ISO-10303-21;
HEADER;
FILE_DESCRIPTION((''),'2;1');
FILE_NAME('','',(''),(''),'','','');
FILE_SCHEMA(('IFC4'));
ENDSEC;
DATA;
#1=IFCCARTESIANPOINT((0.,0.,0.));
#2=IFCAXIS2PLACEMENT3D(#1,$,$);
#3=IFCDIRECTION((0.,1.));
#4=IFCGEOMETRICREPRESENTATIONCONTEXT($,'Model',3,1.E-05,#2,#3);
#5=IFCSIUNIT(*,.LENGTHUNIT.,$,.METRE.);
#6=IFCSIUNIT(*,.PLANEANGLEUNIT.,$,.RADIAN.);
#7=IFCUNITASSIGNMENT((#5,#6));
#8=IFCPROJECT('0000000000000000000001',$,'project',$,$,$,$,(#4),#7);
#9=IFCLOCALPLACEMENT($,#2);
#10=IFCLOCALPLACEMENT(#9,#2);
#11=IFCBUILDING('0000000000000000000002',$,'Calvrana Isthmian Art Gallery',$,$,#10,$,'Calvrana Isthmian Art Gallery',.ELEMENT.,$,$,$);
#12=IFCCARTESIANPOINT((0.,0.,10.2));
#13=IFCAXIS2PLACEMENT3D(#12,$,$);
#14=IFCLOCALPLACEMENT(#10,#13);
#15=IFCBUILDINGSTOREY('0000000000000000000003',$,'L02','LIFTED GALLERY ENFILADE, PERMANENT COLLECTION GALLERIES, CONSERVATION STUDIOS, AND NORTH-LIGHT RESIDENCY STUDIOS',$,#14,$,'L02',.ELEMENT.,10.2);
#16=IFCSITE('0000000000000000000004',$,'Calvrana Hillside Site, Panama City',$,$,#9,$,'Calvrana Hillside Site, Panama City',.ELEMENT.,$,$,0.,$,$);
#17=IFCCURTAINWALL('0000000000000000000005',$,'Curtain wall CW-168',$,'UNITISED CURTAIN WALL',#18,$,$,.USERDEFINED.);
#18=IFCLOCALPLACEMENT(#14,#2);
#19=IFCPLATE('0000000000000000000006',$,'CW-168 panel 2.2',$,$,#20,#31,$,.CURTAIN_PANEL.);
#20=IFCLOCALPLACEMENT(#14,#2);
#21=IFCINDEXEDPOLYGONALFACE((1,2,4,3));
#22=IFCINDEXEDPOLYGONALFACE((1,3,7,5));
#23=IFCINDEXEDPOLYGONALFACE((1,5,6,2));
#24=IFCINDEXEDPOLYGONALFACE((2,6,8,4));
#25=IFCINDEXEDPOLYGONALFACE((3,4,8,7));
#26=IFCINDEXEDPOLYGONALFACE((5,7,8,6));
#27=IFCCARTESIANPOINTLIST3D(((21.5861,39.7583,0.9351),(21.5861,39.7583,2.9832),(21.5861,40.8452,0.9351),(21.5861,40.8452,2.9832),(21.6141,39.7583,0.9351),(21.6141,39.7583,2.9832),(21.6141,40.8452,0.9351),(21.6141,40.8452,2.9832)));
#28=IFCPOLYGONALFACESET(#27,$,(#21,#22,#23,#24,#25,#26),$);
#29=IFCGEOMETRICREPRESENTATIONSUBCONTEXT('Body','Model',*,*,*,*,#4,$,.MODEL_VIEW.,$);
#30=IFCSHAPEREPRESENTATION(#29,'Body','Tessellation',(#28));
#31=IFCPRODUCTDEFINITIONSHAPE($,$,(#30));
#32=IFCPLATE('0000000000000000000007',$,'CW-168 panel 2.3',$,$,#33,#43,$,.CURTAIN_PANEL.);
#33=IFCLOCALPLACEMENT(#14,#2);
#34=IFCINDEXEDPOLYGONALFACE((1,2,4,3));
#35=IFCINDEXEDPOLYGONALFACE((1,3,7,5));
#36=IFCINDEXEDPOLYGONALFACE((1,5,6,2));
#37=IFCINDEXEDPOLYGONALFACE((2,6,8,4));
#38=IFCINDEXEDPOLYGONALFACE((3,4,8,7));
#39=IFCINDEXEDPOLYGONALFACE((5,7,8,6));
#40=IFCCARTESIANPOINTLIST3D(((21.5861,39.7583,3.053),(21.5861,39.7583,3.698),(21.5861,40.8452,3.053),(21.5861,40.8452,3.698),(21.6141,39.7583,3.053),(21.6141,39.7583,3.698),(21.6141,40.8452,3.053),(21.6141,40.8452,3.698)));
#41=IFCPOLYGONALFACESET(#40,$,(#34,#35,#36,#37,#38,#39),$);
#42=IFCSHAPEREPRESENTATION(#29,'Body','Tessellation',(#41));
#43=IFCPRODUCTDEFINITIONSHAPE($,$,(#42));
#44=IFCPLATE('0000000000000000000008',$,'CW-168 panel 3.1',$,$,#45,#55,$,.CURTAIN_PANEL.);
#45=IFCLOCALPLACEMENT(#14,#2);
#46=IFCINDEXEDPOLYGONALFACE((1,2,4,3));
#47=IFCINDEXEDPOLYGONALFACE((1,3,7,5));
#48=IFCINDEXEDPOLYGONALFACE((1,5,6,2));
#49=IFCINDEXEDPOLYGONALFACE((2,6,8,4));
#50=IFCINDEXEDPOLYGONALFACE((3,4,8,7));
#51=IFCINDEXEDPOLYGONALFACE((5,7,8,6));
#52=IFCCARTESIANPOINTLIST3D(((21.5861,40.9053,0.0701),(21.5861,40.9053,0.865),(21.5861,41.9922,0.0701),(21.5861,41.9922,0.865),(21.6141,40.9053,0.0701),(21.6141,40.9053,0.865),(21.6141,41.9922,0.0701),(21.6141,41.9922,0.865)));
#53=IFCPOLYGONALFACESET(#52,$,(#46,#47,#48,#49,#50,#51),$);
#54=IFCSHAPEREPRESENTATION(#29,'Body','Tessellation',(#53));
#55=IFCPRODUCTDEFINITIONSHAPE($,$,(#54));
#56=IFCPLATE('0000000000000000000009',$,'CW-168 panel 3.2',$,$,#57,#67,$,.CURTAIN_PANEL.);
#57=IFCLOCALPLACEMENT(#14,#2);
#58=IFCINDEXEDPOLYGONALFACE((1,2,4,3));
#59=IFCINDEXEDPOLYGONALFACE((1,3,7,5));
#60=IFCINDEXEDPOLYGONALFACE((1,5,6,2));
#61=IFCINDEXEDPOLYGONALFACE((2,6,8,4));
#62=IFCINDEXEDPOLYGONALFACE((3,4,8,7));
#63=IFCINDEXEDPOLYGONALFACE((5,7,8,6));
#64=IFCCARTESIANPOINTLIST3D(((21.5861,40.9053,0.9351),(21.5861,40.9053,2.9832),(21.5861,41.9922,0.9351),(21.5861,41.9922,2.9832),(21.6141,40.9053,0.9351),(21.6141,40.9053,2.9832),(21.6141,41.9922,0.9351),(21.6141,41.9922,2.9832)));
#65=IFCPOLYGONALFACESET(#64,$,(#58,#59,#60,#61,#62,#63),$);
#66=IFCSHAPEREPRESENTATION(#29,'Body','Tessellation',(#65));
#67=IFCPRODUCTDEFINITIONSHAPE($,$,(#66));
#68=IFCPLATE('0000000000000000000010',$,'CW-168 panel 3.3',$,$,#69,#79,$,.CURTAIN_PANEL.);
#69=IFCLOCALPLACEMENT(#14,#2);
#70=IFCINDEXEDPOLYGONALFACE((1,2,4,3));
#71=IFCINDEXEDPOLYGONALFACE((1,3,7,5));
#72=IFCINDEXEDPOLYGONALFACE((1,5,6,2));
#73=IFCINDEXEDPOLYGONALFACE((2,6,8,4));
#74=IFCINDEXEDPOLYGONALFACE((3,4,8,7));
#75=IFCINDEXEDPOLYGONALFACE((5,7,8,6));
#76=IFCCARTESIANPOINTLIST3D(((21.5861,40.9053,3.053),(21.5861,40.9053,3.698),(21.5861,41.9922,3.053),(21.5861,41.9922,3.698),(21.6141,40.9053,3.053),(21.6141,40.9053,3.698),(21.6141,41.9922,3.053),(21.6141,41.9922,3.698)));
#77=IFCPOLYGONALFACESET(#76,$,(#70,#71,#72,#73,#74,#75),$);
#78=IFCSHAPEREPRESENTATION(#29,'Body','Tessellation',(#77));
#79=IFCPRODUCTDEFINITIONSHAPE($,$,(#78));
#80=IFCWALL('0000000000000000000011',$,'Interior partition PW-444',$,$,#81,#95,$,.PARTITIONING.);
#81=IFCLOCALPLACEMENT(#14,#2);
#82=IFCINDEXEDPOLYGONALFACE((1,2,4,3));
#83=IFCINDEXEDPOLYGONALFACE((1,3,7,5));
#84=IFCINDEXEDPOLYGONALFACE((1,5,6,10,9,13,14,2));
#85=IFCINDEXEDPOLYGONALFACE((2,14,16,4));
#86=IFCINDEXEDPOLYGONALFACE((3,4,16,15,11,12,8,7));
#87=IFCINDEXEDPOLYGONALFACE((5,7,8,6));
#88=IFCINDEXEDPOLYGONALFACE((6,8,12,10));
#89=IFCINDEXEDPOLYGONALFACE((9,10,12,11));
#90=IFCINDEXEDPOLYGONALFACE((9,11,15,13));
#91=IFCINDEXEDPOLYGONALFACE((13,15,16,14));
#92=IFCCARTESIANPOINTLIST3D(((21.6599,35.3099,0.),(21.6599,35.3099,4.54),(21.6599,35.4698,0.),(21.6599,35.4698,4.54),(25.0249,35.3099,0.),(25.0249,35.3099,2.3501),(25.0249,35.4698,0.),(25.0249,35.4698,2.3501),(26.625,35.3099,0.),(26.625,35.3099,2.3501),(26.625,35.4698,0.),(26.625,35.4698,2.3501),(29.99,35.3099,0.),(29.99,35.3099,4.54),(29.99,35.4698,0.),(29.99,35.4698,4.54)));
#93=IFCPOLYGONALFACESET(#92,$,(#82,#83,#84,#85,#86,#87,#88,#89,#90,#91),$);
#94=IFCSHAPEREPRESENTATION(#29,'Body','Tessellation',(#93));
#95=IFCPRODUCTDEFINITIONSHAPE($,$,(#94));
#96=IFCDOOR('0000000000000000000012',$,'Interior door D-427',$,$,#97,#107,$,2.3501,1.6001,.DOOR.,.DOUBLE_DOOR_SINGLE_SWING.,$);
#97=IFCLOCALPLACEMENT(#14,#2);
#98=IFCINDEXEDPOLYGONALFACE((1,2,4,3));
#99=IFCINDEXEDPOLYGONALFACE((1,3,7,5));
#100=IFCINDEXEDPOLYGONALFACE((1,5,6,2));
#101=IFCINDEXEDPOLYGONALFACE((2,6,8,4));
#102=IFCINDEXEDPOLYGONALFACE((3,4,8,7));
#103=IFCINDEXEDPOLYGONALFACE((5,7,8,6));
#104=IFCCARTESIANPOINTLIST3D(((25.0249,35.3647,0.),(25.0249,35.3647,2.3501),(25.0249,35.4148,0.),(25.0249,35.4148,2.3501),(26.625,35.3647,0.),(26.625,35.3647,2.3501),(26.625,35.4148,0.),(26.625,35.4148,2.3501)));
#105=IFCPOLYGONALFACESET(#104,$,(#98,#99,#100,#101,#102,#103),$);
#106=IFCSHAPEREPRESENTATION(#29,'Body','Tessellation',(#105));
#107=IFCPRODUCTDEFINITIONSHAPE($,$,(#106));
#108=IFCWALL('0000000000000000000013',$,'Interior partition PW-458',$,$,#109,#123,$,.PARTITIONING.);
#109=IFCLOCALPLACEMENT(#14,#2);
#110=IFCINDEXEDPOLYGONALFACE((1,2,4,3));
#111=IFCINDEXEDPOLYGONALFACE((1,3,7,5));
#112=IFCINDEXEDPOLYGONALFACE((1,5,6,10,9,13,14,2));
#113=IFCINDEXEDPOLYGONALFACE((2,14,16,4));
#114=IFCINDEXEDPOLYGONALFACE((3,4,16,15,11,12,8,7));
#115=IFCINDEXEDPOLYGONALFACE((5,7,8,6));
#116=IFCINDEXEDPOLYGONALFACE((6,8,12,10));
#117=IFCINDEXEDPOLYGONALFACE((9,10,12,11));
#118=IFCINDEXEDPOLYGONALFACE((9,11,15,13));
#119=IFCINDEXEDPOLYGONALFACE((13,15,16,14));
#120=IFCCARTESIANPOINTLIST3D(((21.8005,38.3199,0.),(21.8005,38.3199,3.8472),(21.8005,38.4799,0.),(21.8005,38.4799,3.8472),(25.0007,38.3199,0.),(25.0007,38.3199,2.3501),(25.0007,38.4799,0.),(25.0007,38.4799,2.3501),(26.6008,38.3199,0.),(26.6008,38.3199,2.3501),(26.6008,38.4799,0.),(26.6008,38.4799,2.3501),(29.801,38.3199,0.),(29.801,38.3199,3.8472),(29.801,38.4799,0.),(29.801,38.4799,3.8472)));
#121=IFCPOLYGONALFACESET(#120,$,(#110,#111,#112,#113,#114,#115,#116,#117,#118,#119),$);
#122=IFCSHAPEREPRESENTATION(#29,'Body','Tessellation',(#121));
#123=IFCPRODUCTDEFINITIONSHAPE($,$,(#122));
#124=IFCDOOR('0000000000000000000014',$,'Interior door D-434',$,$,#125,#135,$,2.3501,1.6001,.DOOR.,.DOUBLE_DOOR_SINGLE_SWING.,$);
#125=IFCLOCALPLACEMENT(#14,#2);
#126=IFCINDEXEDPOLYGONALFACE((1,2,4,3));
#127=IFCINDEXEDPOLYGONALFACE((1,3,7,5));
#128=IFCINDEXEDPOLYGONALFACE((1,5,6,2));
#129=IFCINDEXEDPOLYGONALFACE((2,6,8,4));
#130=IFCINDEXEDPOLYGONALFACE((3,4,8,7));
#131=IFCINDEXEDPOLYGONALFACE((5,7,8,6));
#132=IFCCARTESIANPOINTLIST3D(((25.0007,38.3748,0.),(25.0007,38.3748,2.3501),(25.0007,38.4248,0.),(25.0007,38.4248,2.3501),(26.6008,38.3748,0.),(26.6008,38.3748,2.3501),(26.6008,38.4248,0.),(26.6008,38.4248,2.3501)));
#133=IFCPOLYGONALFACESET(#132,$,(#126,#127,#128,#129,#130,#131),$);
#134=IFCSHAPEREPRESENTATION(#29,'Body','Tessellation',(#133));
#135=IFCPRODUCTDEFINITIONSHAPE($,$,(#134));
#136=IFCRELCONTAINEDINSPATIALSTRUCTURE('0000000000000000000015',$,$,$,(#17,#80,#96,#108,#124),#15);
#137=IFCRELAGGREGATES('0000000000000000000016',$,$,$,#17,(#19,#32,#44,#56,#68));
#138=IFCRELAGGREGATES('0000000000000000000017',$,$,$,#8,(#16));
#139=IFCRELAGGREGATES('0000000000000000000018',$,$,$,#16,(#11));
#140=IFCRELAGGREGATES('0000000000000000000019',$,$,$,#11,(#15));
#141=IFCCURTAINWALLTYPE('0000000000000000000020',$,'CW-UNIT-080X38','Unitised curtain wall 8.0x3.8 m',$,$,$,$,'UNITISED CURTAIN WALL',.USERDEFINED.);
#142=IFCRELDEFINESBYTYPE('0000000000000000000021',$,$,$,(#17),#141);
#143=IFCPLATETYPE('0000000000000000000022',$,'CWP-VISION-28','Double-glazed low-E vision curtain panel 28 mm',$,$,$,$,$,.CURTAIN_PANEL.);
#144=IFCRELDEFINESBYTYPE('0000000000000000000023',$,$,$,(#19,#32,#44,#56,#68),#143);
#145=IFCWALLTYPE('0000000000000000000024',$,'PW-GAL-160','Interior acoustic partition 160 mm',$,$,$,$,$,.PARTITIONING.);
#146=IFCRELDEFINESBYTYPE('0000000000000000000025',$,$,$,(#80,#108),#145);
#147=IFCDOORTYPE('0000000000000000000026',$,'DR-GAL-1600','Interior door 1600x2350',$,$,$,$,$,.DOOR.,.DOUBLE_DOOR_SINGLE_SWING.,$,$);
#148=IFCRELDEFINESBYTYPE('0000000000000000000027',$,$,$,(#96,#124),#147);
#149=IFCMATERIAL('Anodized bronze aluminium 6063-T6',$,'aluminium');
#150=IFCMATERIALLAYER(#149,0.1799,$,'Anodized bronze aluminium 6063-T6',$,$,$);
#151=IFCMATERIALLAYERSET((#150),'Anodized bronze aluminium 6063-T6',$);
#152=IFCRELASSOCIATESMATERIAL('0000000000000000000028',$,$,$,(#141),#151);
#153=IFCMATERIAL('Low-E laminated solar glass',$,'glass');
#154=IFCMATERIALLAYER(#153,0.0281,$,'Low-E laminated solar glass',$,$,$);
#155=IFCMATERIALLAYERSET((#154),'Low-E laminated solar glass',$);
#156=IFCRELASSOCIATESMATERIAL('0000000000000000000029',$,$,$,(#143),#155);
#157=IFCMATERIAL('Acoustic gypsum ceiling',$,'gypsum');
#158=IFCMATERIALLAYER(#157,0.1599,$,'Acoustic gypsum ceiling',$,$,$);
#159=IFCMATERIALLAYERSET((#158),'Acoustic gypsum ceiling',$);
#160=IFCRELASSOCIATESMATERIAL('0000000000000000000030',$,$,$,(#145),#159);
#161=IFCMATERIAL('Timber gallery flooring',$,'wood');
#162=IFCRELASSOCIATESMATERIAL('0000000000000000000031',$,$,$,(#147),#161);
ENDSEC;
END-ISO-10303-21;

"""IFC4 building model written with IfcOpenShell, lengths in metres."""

from ifc_helpers import new_model, si_unit, direction, frame, frame_2d, origin, origin_2d, place, context, subcontext, project, spatial, rectangle, extrude, material, layer, layer_set, type_object, element, fill, aggregate, save


model = new_model("IFC4")

# Units and contexts
model_context = context("Model", 3, precision=1e-05, world=origin(), true_north=direction((0.0, 1.0)))
body_context = subcontext(model_context, "Body", "Model", "MODEL_VIEW")
ifc_project = project(units=[si_unit("LENGTHUNIT", "METRE"), si_unit("PLANEANGLEUNIT", "RADIAN")], contexts=[model_context])

# Site, building, storey
site_placement = place(None, origin())
site = spatial("IfcSite", under=ifc_project, at=site_placement, Name="Calvrana Hillside Site, Panama City", LongName="Calvrana Hillside Site, Panama City", CompositionType="ELEMENT", RefElevation=0.0)
building_placement = place(site_placement, origin())
building = spatial("IfcBuilding", under=site, at=building_placement, Name="Calvrana Isthmian Art Gallery", LongName="Calvrana Isthmian Art Gallery", CompositionType="ELEMENT")
storey_placement = place(building_placement, frame((0.0, 0.0, 10.2)))
storey = spatial("IfcBuildingStorey", under=building, at=storey_placement, Name="L02", Description="LIFTED GALLERY ENFILADE, PERMANENT COLLECTION GALLERIES, CONSERVATION STUDIOS, AND NORTH-LIGHT RESIDENCY STUDIOS", LongName="L02", CompositionType="ELEMENT", Elevation=10.2)

# Curtain wall, plates
ifc_material_1 = material(Name="Anodized bronze aluminium 6063-T6", Category="aluminium")
ifc_layer_1 = layer(ifc_material_1, 0.1799, Name="Anodized bronze aluminium 6063-T6")
ifc_layer_set_1 = layer_set([ifc_layer_1], Name="Anodized bronze aluminium 6063-T6")
curtain_wall_type = type_object("IfcCurtainWallType", Name="CW-UNIT-080X38", Description="Unitised curtain wall 8.0x3.8 m", ElementType="UNITISED CURTAIN WALL", PredefinedType="USERDEFINED", material=ifc_layer_set_1)
curtain_wall_placement = place(storey_placement, origin())
curtain_wall = element("IfcCurtainWall", 1, at=curtain_wall_placement, inside=storey, type_object=curtain_wall_type, Name="Curtain wall CW-168", ObjectType="UNITISED CURTAIN WALL", PredefinedType="USERDEFINED")
ifc_material_2 = material(Name="Low-E laminated solar glass", Category="glass")
ifc_layer_2 = layer(ifc_material_2, 0.0281, Name="Low-E laminated solar glass")
ifc_layer_set_2 = layer_set([ifc_layer_2], Name="Low-E laminated solar glass")
plate_type = type_object("IfcPlateType", Name="CWP-VISION-28", Description="Double-glazed low-E vision curtain panel 28 mm", PredefinedType="CURTAIN_PANEL", material=ifc_layer_set_2)
plate_1_placement = place(storey_placement, frame((21.6001, 40.3018, 0.9351), z_axis=(0.0, 0.0, 1.0), x_axis=(0.0, 1.0, 0.0)))
plate_1 = element("IfcPlate", 2, at=plate_1_placement, type_object=plate_type, Name="CW-168 panel 2.2", PredefinedType="CURTAIN_PANEL", context=body_context, shape_type="SweptSolid", body=[
    extrude(rectangle(XDim=1.0869, YDim=0.0281, at=origin_2d()), origin(), (0.0, 0.0, 1.0), 2.0481),
])
plate_2_placement = place(storey_placement, frame((21.6001, 40.3018, 3.053), z_axis=(0.0, 0.0, 1.0), x_axis=(0.0, 1.0, 0.0)))
plate_2 = element("IfcPlate", 3, at=plate_2_placement, type_object=plate_type, Name="CW-168 panel 2.3", PredefinedType="CURTAIN_PANEL", context=body_context, shape_type="SweptSolid", body=[
    extrude(rectangle(XDim=1.0869, YDim=0.0281, at=origin_2d()), origin(), (0.0, 0.0, 1.0), 0.645),
])
plate_3_placement = place(storey_placement, frame((21.6001, 41.4487, 0.0701), z_axis=(0.0, 0.0, 1.0), x_axis=(0.0, 1.0, 0.0)))
plate_3 = element("IfcPlate", 4, at=plate_3_placement, type_object=plate_type, Name="CW-168 panel 3.1", PredefinedType="CURTAIN_PANEL", context=body_context, shape_type="SweptSolid", body=[
    extrude(rectangle(XDim=1.0869, YDim=0.0281, at=origin_2d()), origin(), (0.0, 0.0, 1.0), 0.7949),
])
plate_4_placement = place(storey_placement, frame((21.6001, 41.4487, 0.9351), z_axis=(0.0, 0.0, 1.0), x_axis=(0.0, 1.0, 0.0)))
plate_4 = element("IfcPlate", 5, at=plate_4_placement, type_object=plate_type, Name="CW-168 panel 3.2", PredefinedType="CURTAIN_PANEL", context=body_context, shape_type="SweptSolid", body=[
    extrude(rectangle(XDim=1.0869, YDim=0.0281, at=origin_2d()), origin(), (0.0, 0.0, 1.0), 2.0481),
])
plate_5_placement = place(storey_placement, frame((21.6001, 41.4487, 3.053), z_axis=(0.0, 0.0, 1.0), x_axis=(0.0, 1.0, 0.0)))
plate_5 = element("IfcPlate", 6, at=plate_5_placement, type_object=plate_type, Name="CW-168 panel 3.3", PredefinedType="CURTAIN_PANEL", context=body_context, shape_type="SweptSolid", body=[
    extrude(rectangle(XDim=1.0869, YDim=0.0281, at=origin_2d()), origin(), (0.0, 0.0, 1.0), 0.645),
])
aggregate(curtain_wall, [plate_1, plate_2, plate_3, plate_4, plate_5])

# Walls, openings, doors
ifc_material_3 = material(Name="Acoustic gypsum ceiling", Category="gypsum")
ifc_layer_3 = layer(ifc_material_3, 0.1599, Name="Acoustic gypsum ceiling")
ifc_layer_set_3 = layer_set([ifc_layer_3], Name="Acoustic gypsum ceiling")
wall_type = type_object("IfcWallType", Name="PW-GAL-160", Description="Interior acoustic partition 160 mm", PredefinedType="PARTITIONING", material=ifc_layer_set_3)
wall_1_placement = place(storey_placement, frame((21.6599, 35.3899, 0.0), z_axis=(0.0, 0.0, 1.0), x_axis=(1.0, 0.0, 0.0)))
wall_1 = element("IfcWall", 7, at=wall_1_placement, inside=storey, type_object=wall_type, Name="Interior partition PW-444", PredefinedType="PARTITIONING", context=body_context, shape_type="SweptSolid", body=[
    extrude(rectangle(XDim=8.3301, YDim=0.1599, at=frame_2d((4.165, 0.0))), origin(), (0.0, 0.0, 1.0), 4.54),
])
opening_1_placement = place(wall_1_placement, frame((3.365, 0.0, 0.0)))
opening_1 = element("IfcOpeningElement", 8, at=opening_1_placement, cuts=wall_1, PredefinedType="OPENING", context=body_context, shape_type="SweptSolid", body=[
    extrude(rectangle(XDim=1.6001, YDim=2.3501, at=frame_2d((0.8, 1.175))), frame((0.0, 0.0903, 0.0), z_axis=(0.0, -1.0, 0.0), x_axis=(1.0, 0.0, 0.0)), (0.0, 0.0, 1.0), 0.1804),
])
ifc_material_4 = material(Name="Timber gallery flooring", Category="wood")
door_type = type_object("IfcDoorType", Name="DR-GAL-1600", Description="Interior door 1600x2350", OperationType="DOUBLE_DOOR_SINGLE_SWING", PredefinedType="DOOR", material=ifc_material_4)
door_1_placement = place(opening_1_placement, origin())
door_1 = element("IfcDoor", 9, at=door_1_placement, inside=storey, type_object=door_type, Name="Interior door D-427", OperationType="DOUBLE_DOOR_SINGLE_SWING", OverallHeight=2.3501, OverallWidth=1.6001, PredefinedType="DOOR", context=body_context, shape_type="SweptSolid", body=[
    extrude(rectangle(XDim=1.6001, YDim=2.3501, at=frame_2d((0.8, 1.175))), frame((0.0, 0.0249, 0.0), z_axis=(0.0, -1.0, 0.0), x_axis=(1.0, 0.0, 0.0)), (0.0, 0.0, 1.0), 0.05),
])
fill(opening_1, door_1)
wall_2_placement = place(storey_placement, frame((21.8005, 38.3999, 0.0), z_axis=(0.0, 0.0, 1.0), x_axis=(1.0, 0.0, 0.0)))
wall_2 = element("IfcWall", 10, at=wall_2_placement, inside=storey, type_object=wall_type, Name="Interior partition PW-458", PredefinedType="PARTITIONING", context=body_context, shape_type="SweptSolid", body=[
    extrude(rectangle(XDim=8.0005, YDim=0.1599, at=frame_2d((4.0002, 0.0))), origin(), (0.0, 0.0, 1.0), 3.8472),
])
opening_2_placement = place(wall_2_placement, frame((3.2002, 0.0, 0.0)))
opening_2 = element("IfcOpeningElement", 11, at=opening_2_placement, cuts=wall_2, PredefinedType="OPENING", context=body_context, shape_type="SweptSolid", body=[
    extrude(rectangle(XDim=1.6001, YDim=2.3501, at=frame_2d((0.8, 1.175))), frame((0.0, 0.0903, 0.0), z_axis=(0.0, -1.0, 0.0), x_axis=(1.0, 0.0, 0.0)), (0.0, 0.0, 1.0), 0.1804),
])
door_2_placement = place(opening_2_placement, origin())
door_2 = element("IfcDoor", 12, at=door_2_placement, inside=storey, type_object=door_type, Name="Interior door D-434", OperationType="DOUBLE_DOOR_SINGLE_SWING", OverallHeight=2.3501, OverallWidth=1.6001, PredefinedType="DOOR", context=body_context, shape_type="SweptSolid", body=[
    extrude(rectangle(XDim=1.6001, YDim=2.3501, at=frame_2d((0.8, 1.175))), frame((0.0, 0.0249, 0.0), z_axis=(0.0, -1.0, 0.0), x_axis=(1.0, 0.0, 0.0)), (0.0, 0.0, 1.0), 0.05),
])
fill(opening_2, door_2)

save(model, "model.ifc")
